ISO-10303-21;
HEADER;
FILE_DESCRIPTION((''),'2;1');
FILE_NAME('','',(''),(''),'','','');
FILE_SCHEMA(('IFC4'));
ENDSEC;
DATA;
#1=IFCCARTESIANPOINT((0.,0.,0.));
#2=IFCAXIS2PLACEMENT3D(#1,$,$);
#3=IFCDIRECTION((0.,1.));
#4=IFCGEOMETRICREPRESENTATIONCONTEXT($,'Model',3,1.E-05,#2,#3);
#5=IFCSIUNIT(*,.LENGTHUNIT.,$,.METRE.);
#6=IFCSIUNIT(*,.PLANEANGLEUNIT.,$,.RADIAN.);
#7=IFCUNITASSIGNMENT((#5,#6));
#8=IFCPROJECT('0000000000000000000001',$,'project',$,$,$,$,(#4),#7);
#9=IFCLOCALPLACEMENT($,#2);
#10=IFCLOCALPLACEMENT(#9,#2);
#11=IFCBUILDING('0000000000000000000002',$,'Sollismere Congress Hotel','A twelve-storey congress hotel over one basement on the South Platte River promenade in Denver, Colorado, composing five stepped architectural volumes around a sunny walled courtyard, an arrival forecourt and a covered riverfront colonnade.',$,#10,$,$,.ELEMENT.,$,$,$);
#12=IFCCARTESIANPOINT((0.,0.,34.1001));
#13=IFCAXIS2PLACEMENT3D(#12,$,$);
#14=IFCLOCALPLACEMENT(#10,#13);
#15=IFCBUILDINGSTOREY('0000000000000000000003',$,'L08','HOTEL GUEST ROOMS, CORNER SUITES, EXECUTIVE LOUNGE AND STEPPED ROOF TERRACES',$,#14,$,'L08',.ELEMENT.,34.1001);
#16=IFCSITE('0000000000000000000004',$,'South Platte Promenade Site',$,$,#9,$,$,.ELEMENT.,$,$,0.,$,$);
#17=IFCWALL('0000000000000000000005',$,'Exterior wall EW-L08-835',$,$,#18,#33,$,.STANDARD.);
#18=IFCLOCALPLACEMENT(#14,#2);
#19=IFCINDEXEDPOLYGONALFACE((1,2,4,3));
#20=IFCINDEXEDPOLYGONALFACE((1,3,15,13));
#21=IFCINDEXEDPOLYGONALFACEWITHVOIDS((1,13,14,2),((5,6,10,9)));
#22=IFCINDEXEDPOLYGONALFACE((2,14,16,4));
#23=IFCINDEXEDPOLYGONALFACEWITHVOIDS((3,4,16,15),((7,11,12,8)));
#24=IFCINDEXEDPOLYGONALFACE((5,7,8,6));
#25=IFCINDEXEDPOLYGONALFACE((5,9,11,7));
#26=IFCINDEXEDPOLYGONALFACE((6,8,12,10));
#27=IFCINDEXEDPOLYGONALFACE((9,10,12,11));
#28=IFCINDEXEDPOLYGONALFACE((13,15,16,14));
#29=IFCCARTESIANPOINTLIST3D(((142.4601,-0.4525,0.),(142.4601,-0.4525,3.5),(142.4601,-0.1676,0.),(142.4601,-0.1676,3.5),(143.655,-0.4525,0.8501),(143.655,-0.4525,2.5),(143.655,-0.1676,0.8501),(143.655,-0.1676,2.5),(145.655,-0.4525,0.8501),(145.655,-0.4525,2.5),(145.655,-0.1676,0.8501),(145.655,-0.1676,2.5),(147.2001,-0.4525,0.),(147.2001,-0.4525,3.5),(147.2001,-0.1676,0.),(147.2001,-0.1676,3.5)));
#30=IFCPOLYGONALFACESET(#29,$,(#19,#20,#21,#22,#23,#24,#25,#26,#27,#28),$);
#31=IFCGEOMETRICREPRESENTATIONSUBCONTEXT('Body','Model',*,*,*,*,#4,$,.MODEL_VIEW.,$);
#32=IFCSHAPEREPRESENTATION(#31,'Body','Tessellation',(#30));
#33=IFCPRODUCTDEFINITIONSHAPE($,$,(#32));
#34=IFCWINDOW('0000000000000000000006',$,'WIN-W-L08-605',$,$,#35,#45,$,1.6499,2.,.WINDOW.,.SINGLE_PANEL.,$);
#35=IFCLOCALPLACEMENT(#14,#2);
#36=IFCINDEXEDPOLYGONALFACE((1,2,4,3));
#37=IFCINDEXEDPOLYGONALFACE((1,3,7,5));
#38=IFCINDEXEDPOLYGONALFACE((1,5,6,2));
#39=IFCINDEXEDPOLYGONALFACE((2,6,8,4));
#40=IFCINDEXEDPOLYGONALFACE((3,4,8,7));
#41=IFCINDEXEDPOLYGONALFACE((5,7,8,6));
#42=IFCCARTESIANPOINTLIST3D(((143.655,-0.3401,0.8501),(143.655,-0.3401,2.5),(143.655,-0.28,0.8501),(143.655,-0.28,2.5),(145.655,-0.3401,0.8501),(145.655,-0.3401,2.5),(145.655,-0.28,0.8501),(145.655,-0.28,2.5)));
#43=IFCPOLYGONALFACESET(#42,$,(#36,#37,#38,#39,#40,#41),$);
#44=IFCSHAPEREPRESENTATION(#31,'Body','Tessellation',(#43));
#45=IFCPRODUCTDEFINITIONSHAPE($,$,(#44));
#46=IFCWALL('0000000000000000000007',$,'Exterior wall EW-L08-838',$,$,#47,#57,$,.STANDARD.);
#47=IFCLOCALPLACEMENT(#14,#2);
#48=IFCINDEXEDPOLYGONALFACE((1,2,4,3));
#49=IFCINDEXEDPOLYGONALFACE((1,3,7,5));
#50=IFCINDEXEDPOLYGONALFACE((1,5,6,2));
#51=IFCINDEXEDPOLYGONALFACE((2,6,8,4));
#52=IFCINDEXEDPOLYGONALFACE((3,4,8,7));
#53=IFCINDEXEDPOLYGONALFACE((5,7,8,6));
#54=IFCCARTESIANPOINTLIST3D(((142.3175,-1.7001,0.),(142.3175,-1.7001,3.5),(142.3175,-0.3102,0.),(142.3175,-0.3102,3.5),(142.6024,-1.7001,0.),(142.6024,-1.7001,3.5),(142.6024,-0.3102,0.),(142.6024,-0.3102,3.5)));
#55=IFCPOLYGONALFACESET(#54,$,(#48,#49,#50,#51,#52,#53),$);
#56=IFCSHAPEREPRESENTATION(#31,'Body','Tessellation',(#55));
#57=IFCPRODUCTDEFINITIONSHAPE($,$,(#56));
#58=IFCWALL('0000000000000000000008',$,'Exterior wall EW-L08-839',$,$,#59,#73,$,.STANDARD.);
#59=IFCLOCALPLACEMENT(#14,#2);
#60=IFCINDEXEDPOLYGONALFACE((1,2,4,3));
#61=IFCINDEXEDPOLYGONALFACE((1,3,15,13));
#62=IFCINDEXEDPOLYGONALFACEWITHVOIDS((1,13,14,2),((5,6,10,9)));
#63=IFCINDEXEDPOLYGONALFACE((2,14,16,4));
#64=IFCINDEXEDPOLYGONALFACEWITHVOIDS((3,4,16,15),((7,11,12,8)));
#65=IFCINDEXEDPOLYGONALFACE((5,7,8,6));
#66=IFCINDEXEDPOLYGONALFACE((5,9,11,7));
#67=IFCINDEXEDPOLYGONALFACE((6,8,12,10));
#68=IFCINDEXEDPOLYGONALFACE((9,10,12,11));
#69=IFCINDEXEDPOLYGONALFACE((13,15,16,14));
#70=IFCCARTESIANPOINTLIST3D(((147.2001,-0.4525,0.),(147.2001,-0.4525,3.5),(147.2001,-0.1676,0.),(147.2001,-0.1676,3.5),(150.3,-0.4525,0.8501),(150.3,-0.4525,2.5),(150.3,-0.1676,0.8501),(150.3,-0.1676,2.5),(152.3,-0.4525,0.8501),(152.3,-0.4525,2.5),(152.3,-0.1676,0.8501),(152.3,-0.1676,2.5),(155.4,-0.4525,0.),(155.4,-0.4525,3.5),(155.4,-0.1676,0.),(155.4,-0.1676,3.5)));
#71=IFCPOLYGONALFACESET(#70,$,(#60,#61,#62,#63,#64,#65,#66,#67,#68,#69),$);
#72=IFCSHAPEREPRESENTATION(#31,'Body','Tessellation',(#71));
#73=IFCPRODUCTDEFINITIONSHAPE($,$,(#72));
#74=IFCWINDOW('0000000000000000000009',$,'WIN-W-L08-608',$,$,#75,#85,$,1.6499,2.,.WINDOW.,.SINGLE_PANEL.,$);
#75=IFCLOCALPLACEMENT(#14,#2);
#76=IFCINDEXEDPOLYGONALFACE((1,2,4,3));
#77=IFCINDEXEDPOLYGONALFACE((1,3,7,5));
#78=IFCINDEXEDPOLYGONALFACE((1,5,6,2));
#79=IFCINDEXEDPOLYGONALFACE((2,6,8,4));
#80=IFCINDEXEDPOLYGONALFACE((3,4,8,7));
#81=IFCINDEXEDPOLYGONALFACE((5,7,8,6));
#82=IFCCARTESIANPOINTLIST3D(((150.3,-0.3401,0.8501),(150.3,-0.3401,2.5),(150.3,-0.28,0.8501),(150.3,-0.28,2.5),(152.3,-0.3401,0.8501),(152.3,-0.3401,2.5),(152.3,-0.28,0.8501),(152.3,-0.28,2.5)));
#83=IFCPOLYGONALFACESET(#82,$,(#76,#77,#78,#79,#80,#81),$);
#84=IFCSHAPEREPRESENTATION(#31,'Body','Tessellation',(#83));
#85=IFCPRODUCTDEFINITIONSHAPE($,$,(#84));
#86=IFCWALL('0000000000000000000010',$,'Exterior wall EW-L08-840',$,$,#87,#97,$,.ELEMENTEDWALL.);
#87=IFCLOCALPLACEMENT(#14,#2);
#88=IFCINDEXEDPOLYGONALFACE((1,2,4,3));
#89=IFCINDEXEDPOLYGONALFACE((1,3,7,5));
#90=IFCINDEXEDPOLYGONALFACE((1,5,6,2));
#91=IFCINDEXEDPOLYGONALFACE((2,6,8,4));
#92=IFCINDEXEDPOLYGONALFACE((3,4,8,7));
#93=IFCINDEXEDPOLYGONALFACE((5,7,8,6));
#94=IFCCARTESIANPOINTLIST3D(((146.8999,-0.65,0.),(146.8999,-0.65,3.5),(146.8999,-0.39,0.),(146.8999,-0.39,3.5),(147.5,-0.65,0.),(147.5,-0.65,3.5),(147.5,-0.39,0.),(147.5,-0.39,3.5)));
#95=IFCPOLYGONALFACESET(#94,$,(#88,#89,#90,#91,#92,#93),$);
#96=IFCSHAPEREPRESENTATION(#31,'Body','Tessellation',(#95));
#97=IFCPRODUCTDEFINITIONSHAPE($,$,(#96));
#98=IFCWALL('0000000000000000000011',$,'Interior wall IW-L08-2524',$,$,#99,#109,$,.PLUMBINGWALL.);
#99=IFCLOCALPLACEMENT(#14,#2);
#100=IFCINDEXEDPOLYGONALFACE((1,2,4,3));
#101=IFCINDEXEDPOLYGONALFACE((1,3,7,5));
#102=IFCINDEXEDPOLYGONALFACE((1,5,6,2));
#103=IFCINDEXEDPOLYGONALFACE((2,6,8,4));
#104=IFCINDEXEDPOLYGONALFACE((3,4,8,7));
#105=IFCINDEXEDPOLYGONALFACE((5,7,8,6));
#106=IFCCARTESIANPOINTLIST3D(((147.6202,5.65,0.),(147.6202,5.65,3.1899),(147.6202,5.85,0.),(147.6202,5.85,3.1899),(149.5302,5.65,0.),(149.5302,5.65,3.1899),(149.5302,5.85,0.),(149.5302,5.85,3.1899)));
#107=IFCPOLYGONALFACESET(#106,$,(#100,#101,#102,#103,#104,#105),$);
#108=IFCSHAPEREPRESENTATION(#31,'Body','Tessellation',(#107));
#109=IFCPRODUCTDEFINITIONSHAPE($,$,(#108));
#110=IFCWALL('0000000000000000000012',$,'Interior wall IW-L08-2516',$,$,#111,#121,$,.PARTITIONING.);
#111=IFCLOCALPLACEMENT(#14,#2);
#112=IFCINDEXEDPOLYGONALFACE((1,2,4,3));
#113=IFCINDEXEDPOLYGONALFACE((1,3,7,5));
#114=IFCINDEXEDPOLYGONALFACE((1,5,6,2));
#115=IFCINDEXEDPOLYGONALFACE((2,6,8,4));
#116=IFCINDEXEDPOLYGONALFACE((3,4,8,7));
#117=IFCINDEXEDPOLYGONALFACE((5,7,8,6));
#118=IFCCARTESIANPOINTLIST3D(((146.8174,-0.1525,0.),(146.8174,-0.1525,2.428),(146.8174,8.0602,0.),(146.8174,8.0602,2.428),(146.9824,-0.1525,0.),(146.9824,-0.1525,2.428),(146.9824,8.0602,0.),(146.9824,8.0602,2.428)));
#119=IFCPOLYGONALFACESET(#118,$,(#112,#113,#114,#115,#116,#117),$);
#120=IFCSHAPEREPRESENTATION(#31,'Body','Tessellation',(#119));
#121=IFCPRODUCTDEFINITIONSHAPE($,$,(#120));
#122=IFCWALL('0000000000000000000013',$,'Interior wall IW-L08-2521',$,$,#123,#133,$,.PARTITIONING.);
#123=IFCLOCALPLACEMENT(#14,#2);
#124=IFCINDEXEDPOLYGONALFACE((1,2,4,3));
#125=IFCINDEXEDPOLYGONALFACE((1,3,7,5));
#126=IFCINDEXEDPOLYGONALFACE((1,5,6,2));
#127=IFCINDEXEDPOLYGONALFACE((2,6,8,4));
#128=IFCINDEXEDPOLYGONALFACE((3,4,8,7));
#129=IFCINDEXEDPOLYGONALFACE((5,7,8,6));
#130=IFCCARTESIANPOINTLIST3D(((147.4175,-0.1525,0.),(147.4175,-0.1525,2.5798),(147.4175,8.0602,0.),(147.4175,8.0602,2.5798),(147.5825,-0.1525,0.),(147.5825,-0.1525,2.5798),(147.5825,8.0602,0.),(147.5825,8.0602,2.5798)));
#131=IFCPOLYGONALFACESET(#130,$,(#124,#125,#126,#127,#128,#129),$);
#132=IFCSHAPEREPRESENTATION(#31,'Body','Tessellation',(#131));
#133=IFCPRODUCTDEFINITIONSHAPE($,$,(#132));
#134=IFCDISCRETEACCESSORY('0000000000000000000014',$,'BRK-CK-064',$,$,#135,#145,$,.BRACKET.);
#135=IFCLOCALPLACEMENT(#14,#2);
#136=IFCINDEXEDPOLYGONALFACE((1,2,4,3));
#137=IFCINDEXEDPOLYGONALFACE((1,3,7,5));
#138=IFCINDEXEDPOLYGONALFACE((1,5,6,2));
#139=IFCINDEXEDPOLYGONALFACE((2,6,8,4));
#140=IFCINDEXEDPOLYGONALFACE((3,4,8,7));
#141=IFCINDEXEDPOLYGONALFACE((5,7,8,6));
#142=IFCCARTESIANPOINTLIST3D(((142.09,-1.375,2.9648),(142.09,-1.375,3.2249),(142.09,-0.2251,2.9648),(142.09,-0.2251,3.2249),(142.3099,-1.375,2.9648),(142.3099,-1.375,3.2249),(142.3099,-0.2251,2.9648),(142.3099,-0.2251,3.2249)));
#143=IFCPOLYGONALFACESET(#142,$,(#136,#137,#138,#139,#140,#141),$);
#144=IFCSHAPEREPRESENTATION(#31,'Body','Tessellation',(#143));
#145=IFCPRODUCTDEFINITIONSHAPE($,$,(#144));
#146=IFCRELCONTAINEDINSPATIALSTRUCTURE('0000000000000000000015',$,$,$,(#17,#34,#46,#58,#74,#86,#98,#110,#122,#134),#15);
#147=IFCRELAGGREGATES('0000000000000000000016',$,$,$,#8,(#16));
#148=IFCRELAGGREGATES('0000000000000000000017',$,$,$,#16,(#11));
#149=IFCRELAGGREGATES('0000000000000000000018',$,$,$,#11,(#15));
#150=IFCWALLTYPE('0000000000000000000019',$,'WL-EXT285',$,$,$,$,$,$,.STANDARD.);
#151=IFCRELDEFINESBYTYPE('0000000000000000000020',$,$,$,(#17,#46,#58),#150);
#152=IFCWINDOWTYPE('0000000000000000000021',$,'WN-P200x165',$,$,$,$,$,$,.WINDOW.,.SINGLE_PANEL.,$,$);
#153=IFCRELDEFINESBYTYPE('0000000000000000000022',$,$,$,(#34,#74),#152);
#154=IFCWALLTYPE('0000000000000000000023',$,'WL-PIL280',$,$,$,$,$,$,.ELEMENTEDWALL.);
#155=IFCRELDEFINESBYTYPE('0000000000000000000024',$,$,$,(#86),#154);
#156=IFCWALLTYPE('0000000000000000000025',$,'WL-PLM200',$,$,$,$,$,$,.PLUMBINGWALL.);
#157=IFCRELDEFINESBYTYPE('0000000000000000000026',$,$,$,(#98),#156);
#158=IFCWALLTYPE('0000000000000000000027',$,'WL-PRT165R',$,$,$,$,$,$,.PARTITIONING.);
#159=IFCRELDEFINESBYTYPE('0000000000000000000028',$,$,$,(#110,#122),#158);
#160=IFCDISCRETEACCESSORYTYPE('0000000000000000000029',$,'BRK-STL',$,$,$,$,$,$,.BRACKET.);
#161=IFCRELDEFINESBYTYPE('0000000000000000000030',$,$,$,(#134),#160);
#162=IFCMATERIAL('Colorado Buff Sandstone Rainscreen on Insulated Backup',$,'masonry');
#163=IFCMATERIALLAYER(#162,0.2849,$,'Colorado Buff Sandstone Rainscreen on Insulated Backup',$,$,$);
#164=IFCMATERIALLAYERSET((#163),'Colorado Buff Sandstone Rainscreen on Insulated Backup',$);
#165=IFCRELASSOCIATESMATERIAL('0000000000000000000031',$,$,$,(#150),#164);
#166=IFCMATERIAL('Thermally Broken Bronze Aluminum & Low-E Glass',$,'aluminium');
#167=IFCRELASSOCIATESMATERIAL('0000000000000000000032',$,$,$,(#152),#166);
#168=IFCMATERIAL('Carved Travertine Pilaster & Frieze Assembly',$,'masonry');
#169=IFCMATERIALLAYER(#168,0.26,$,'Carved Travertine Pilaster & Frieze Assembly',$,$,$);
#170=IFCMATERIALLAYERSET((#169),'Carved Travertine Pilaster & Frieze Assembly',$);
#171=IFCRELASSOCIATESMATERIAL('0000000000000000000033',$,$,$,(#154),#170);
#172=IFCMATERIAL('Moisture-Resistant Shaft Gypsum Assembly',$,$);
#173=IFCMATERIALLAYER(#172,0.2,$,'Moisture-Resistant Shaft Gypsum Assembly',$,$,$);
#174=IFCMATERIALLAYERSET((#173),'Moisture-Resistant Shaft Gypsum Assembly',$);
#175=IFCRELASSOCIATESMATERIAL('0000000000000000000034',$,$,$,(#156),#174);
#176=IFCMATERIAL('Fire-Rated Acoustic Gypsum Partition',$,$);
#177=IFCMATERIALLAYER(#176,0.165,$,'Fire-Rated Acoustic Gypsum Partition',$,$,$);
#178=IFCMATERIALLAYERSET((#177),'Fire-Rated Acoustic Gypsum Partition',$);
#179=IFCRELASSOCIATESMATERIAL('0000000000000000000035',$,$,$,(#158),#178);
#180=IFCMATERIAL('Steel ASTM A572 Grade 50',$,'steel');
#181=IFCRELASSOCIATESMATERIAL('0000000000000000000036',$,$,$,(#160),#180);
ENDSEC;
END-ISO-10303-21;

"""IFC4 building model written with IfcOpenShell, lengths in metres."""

from ifc_helpers import new_model, si_unit, direction, frame, frame_2d, origin, origin_2d, place, context, subcontext, project, spatial, rectangle, extrude, material, layer, layer_set, type_object, element, fill, save


model = new_model("IFC4")

# Units and contexts
model_context = context("Model", 3, precision=1e-05, world=origin(), true_north=direction((0.0, 1.0)))
body_context = subcontext(model_context, "Body", "Model", "MODEL_VIEW")
ifc_project = project(units=[si_unit("LENGTHUNIT", "METRE"), si_unit("PLANEANGLEUNIT", "RADIAN")], contexts=[model_context])

# Site, building, storey
site_placement = place(None, origin())
site = spatial("IfcSite", under=ifc_project, at=site_placement, Name="South Platte Promenade Site", CompositionType="ELEMENT", RefElevation=0.0)
building_placement = place(site_placement, origin())
building = spatial("IfcBuilding", under=site, at=building_placement, Name="Sollismere Congress Hotel", Description="A twelve-storey congress hotel over one basement on the South Platte River promenade in Denver, Colorado, composing five stepped architectural volumes around a sunny walled courtyard, an arrival forecourt and a covered riverfront colonnade.", CompositionType="ELEMENT")
storey_placement = place(building_placement, frame((0.0, 0.0, 34.1001)))
storey = spatial("IfcBuildingStorey", under=building, at=storey_placement, Name="L08", Description="HOTEL GUEST ROOMS, CORNER SUITES, EXECUTIVE LOUNGE AND STEPPED ROOF TERRACES", LongName="L08", CompositionType="ELEMENT", Elevation=34.1001)

# Wall, opening, window
ifc_material_1 = material(Name="Colorado Buff Sandstone Rainscreen on Insulated Backup", Category="masonry")
ifc_layer_1 = layer(ifc_material_1, 0.2849, Name="Colorado Buff Sandstone Rainscreen on Insulated Backup")
ifc_layer_set_1 = layer_set([ifc_layer_1], Name="Colorado Buff Sandstone Rainscreen on Insulated Backup")
wall_type_1 = type_object("IfcWallType", Name="WL-EXT285", PredefinedType="STANDARD", material=ifc_layer_set_1)
wall_1_placement = place(storey_placement, frame((142.46, -0.3101, 0.0), z_axis=(0.0, 0.0, 1.0), x_axis=(1.0, 0.0, 0.0)))
wall_1 = element("IfcWall", 1, at=wall_1_placement, inside=storey, type_object=wall_type_1, Name="Exterior wall EW-L08-835", PredefinedType="STANDARD", context=body_context, shape_type="SweptSolid", body=[
    extrude(rectangle(XDim=4.74, YDim=0.2849, at=frame_2d((2.3701, 0.0))), origin(), (0.0, 0.0, 1.0), 3.5),
])
opening_1_placement = place(wall_1_placement, frame((1.1951, 0.0, 0.8501)))
opening_1 = element("IfcOpeningElement", 2, at=opening_1_placement, cuts=wall_1, PredefinedType="OPENING", context=body_context, shape_type="SweptSolid", body=[
    extrude(rectangle(XDim=2.0, YDim=1.6499, at=frame_2d((1.0, 0.825))), frame((0.0, 0.1523, 0.0), z_axis=(0.0, -1.0, 0.0), x_axis=(1.0, 0.0, 0.0)), (0.0, 0.0, 1.0), 0.3049),
])
ifc_material_2 = material(Name="Thermally Broken Bronze Aluminum & Low-E Glass", Category="aluminium")
window_type = type_object("IfcWindowType", Name="WN-P200x165", PartitioningType="SINGLE_PANEL", PredefinedType="WINDOW", material=ifc_material_2)
window_1_placement = place(opening_1_placement, origin())
window_1 = element("IfcWindow", 3, at=window_1_placement, inside=storey, type_object=window_type, Name="WIN-W-L08-605", OverallHeight=1.6499, OverallWidth=2.0, PartitioningType="SINGLE_PANEL", PredefinedType="WINDOW", context=body_context, shape_type="SweptSolid", body=[
    extrude(rectangle(XDim=2.0, YDim=1.6499, at=frame_2d((1.0, 0.825))), frame((0.0, 0.03, 0.0), z_axis=(0.0, -1.0, 0.0), x_axis=(1.0, 0.0, 0.0)), (0.0, 0.0, 1.0), 0.0601),
])
fill(opening_1, window_1)

# Wall
wall_2_placement = place(storey_placement, frame((142.46, -1.7, 0.0), z_axis=(0.0, 0.0, 1.0), x_axis=(0.0, 1.0, 0.0)))
element("IfcWall", 4, at=wall_2_placement, inside=storey, type_object=wall_type_1, Name="Exterior wall EW-L08-838", PredefinedType="STANDARD", context=body_context, shape_type="SweptSolid", body=[
    extrude(rectangle(XDim=1.3899, YDim=0.2849, at=frame_2d((0.6948, 0.0))), origin(), (0.0, 0.0, 1.0), 3.5),
])

# Wall, opening, window
wall_3_placement = place(storey_placement, frame((147.2, -0.3101, 0.0), z_axis=(0.0, 0.0, 1.0), x_axis=(1.0, 0.0, 0.0)))
wall_3 = element("IfcWall", 5, at=wall_3_placement, inside=storey, type_object=wall_type_1, Name="Exterior wall EW-L08-839", PredefinedType="STANDARD", context=body_context, shape_type="SweptSolid", body=[
    extrude(rectangle(XDim=8.2, YDim=0.2849, at=frame_2d((4.1001, 0.0))), origin(), (0.0, 0.0, 1.0), 3.5),
])
opening_2_placement = place(wall_3_placement, frame((3.1001, 0.0, 0.8501)))
opening_2 = element("IfcOpeningElement", 6, at=opening_2_placement, cuts=wall_3, PredefinedType="OPENING", context=body_context, shape_type="SweptSolid", body=[
    extrude(rectangle(XDim=2.0, YDim=1.6499, at=frame_2d((1.0, 0.825))), frame((0.0, 0.1523, 0.0), z_axis=(0.0, -1.0, 0.0), x_axis=(1.0, 0.0, 0.0)), (0.0, 0.0, 1.0), 0.3049),
])
window_2_placement = place(opening_2_placement, origin())
window_2 = element("IfcWindow", 7, at=window_2_placement, inside=storey, type_object=window_type, Name="WIN-W-L08-608", OverallHeight=1.6499, OverallWidth=2.0, PartitioningType="SINGLE_PANEL", PredefinedType="WINDOW", context=body_context, shape_type="SweptSolid", body=[
    extrude(rectangle(XDim=2.0, YDim=1.6499, at=frame_2d((1.0, 0.825))), frame((0.0, 0.03, 0.0), z_axis=(0.0, -1.0, 0.0), x_axis=(1.0, 0.0, 0.0)), (0.0, 0.0, 1.0), 0.0601),
])
fill(opening_2, window_2)

# Walls
ifc_material_3 = material(Name="Carved Travertine Pilaster & Frieze Assembly", Category="masonry")
ifc_layer_2 = layer(ifc_material_3, 0.26, Name="Carved Travertine Pilaster & Frieze Assembly")
ifc_layer_set_2 = layer_set([ifc_layer_2], Name="Carved Travertine Pilaster & Frieze Assembly")
wall_type_2 = type_object("IfcWallType", Name="WL-PIL280", PredefinedType="ELEMENTEDWALL", material=ifc_layer_set_2)
wall_4_placement = place(storey_placement, frame((146.8999, -0.52, 0.0), z_axis=(0.0, 0.0, 1.0), x_axis=(1.0, 0.0, 0.0)))
element("IfcWall", 8, at=wall_4_placement, inside=storey, type_object=wall_type_2, Name="Exterior wall EW-L08-840", PredefinedType="ELEMENTEDWALL", context=body_context, shape_type="SweptSolid", body=[
    extrude(rectangle(XDim=0.6001, YDim=0.26, at=frame_2d((0.3, 0.0))), origin(), (0.0, 0.0, 1.0), 3.5),
])
ifc_material_4 = material(Name="Moisture-Resistant Shaft Gypsum Assembly")
ifc_layer_3 = layer(ifc_material_4, 0.2, Name="Moisture-Resistant Shaft Gypsum Assembly")
ifc_layer_set_3 = layer_set([ifc_layer_3], Name="Moisture-Resistant Shaft Gypsum Assembly")
wall_type_3 = type_object("IfcWallType", Name="WL-PLM200", PredefinedType="PLUMBINGWALL", material=ifc_layer_set_3)
wall_5_placement = place(storey_placement, frame((147.6201, 5.75, 0.0), z_axis=(0.0, 0.0, 1.0), x_axis=(1.0, 0.0, 0.0)))
element("IfcWall", 9, at=wall_5_placement, inside=storey, type_object=wall_type_3, Name="Interior wall IW-L08-2524", PredefinedType="PLUMBINGWALL", context=body_context, shape_type="SweptSolid", body=[
    extrude(rectangle(XDim=1.9099, YDim=0.2, at=frame_2d((0.9551, 0.0))), origin(), (0.0, 0.0, 1.0), 3.1899),
])
ifc_material_5 = material(Name="Fire-Rated Acoustic Gypsum Partition")
ifc_layer_4 = layer(ifc_material_5, 0.165, Name="Fire-Rated Acoustic Gypsum Partition")
ifc_layer_set_4 = layer_set([ifc_layer_4], Name="Fire-Rated Acoustic Gypsum Partition")
wall_type_4 = type_object("IfcWallType", Name="WL-PRT165R", PredefinedType="PARTITIONING", material=ifc_layer_set_4)
wall_6_placement = place(storey_placement, frame((146.8999, -0.1526, 0.0), z_axis=(0.0, 0.0, 1.0), x_axis=(0.0, 1.0, 0.0)))
element("IfcWall", 10, at=wall_6_placement, inside=storey, type_object=wall_type_4, Name="Interior wall IW-L08-2516", PredefinedType="PARTITIONING", context=body_context, shape_type="SweptSolid", body=[
    extrude(rectangle(XDim=8.2126, YDim=0.165, at=frame_2d((4.1064, 0.0))), origin(), (0.0, 0.0, 1.0), 2.428),
])
wall_7_placement = place(storey_placement, frame((147.5, -0.1526, 0.0), z_axis=(0.0, 0.0, 1.0), x_axis=(0.0, 1.0, 0.0)))
element("IfcWall", 11, at=wall_7_placement, inside=storey, type_object=wall_type_4, Name="Interior wall IW-L08-2521", PredefinedType="PARTITIONING", context=body_context, shape_type="SweptSolid", body=[
    extrude(rectangle(XDim=8.2126, YDim=0.165, at=frame_2d((4.1064, 0.0))), origin(), (0.0, 0.0, 1.0), 2.5798),
])

# Discrete accessory
ifc_material_6 = material(Name="Steel ASTM A572 Grade 50", Category="steel")
discrete_accessory_type = type_object("IfcDiscreteAccessoryType", Name="BRK-STL", PredefinedType="BRACKET", material=ifc_material_6)
discrete_accessory_placement = place(storey_placement, frame((142.2, -0.8, 2.9648), z_axis=(0.0, 0.0, 1.0), x_axis=(1.0, 0.0, 0.0)))
element("IfcDiscreteAccessory", 12, at=discrete_accessory_placement, inside=storey, type_object=discrete_accessory_type, Name="BRK-CK-064", PredefinedType="BRACKET", context=body_context, shape_type="SweptSolid", body=[
    extrude(rectangle(XDim=0.22, YDim=1.1499, at=origin_2d()), origin(), (0.0, 0.0, 1.0), 0.26),
])

save(model, "model.ifc")
